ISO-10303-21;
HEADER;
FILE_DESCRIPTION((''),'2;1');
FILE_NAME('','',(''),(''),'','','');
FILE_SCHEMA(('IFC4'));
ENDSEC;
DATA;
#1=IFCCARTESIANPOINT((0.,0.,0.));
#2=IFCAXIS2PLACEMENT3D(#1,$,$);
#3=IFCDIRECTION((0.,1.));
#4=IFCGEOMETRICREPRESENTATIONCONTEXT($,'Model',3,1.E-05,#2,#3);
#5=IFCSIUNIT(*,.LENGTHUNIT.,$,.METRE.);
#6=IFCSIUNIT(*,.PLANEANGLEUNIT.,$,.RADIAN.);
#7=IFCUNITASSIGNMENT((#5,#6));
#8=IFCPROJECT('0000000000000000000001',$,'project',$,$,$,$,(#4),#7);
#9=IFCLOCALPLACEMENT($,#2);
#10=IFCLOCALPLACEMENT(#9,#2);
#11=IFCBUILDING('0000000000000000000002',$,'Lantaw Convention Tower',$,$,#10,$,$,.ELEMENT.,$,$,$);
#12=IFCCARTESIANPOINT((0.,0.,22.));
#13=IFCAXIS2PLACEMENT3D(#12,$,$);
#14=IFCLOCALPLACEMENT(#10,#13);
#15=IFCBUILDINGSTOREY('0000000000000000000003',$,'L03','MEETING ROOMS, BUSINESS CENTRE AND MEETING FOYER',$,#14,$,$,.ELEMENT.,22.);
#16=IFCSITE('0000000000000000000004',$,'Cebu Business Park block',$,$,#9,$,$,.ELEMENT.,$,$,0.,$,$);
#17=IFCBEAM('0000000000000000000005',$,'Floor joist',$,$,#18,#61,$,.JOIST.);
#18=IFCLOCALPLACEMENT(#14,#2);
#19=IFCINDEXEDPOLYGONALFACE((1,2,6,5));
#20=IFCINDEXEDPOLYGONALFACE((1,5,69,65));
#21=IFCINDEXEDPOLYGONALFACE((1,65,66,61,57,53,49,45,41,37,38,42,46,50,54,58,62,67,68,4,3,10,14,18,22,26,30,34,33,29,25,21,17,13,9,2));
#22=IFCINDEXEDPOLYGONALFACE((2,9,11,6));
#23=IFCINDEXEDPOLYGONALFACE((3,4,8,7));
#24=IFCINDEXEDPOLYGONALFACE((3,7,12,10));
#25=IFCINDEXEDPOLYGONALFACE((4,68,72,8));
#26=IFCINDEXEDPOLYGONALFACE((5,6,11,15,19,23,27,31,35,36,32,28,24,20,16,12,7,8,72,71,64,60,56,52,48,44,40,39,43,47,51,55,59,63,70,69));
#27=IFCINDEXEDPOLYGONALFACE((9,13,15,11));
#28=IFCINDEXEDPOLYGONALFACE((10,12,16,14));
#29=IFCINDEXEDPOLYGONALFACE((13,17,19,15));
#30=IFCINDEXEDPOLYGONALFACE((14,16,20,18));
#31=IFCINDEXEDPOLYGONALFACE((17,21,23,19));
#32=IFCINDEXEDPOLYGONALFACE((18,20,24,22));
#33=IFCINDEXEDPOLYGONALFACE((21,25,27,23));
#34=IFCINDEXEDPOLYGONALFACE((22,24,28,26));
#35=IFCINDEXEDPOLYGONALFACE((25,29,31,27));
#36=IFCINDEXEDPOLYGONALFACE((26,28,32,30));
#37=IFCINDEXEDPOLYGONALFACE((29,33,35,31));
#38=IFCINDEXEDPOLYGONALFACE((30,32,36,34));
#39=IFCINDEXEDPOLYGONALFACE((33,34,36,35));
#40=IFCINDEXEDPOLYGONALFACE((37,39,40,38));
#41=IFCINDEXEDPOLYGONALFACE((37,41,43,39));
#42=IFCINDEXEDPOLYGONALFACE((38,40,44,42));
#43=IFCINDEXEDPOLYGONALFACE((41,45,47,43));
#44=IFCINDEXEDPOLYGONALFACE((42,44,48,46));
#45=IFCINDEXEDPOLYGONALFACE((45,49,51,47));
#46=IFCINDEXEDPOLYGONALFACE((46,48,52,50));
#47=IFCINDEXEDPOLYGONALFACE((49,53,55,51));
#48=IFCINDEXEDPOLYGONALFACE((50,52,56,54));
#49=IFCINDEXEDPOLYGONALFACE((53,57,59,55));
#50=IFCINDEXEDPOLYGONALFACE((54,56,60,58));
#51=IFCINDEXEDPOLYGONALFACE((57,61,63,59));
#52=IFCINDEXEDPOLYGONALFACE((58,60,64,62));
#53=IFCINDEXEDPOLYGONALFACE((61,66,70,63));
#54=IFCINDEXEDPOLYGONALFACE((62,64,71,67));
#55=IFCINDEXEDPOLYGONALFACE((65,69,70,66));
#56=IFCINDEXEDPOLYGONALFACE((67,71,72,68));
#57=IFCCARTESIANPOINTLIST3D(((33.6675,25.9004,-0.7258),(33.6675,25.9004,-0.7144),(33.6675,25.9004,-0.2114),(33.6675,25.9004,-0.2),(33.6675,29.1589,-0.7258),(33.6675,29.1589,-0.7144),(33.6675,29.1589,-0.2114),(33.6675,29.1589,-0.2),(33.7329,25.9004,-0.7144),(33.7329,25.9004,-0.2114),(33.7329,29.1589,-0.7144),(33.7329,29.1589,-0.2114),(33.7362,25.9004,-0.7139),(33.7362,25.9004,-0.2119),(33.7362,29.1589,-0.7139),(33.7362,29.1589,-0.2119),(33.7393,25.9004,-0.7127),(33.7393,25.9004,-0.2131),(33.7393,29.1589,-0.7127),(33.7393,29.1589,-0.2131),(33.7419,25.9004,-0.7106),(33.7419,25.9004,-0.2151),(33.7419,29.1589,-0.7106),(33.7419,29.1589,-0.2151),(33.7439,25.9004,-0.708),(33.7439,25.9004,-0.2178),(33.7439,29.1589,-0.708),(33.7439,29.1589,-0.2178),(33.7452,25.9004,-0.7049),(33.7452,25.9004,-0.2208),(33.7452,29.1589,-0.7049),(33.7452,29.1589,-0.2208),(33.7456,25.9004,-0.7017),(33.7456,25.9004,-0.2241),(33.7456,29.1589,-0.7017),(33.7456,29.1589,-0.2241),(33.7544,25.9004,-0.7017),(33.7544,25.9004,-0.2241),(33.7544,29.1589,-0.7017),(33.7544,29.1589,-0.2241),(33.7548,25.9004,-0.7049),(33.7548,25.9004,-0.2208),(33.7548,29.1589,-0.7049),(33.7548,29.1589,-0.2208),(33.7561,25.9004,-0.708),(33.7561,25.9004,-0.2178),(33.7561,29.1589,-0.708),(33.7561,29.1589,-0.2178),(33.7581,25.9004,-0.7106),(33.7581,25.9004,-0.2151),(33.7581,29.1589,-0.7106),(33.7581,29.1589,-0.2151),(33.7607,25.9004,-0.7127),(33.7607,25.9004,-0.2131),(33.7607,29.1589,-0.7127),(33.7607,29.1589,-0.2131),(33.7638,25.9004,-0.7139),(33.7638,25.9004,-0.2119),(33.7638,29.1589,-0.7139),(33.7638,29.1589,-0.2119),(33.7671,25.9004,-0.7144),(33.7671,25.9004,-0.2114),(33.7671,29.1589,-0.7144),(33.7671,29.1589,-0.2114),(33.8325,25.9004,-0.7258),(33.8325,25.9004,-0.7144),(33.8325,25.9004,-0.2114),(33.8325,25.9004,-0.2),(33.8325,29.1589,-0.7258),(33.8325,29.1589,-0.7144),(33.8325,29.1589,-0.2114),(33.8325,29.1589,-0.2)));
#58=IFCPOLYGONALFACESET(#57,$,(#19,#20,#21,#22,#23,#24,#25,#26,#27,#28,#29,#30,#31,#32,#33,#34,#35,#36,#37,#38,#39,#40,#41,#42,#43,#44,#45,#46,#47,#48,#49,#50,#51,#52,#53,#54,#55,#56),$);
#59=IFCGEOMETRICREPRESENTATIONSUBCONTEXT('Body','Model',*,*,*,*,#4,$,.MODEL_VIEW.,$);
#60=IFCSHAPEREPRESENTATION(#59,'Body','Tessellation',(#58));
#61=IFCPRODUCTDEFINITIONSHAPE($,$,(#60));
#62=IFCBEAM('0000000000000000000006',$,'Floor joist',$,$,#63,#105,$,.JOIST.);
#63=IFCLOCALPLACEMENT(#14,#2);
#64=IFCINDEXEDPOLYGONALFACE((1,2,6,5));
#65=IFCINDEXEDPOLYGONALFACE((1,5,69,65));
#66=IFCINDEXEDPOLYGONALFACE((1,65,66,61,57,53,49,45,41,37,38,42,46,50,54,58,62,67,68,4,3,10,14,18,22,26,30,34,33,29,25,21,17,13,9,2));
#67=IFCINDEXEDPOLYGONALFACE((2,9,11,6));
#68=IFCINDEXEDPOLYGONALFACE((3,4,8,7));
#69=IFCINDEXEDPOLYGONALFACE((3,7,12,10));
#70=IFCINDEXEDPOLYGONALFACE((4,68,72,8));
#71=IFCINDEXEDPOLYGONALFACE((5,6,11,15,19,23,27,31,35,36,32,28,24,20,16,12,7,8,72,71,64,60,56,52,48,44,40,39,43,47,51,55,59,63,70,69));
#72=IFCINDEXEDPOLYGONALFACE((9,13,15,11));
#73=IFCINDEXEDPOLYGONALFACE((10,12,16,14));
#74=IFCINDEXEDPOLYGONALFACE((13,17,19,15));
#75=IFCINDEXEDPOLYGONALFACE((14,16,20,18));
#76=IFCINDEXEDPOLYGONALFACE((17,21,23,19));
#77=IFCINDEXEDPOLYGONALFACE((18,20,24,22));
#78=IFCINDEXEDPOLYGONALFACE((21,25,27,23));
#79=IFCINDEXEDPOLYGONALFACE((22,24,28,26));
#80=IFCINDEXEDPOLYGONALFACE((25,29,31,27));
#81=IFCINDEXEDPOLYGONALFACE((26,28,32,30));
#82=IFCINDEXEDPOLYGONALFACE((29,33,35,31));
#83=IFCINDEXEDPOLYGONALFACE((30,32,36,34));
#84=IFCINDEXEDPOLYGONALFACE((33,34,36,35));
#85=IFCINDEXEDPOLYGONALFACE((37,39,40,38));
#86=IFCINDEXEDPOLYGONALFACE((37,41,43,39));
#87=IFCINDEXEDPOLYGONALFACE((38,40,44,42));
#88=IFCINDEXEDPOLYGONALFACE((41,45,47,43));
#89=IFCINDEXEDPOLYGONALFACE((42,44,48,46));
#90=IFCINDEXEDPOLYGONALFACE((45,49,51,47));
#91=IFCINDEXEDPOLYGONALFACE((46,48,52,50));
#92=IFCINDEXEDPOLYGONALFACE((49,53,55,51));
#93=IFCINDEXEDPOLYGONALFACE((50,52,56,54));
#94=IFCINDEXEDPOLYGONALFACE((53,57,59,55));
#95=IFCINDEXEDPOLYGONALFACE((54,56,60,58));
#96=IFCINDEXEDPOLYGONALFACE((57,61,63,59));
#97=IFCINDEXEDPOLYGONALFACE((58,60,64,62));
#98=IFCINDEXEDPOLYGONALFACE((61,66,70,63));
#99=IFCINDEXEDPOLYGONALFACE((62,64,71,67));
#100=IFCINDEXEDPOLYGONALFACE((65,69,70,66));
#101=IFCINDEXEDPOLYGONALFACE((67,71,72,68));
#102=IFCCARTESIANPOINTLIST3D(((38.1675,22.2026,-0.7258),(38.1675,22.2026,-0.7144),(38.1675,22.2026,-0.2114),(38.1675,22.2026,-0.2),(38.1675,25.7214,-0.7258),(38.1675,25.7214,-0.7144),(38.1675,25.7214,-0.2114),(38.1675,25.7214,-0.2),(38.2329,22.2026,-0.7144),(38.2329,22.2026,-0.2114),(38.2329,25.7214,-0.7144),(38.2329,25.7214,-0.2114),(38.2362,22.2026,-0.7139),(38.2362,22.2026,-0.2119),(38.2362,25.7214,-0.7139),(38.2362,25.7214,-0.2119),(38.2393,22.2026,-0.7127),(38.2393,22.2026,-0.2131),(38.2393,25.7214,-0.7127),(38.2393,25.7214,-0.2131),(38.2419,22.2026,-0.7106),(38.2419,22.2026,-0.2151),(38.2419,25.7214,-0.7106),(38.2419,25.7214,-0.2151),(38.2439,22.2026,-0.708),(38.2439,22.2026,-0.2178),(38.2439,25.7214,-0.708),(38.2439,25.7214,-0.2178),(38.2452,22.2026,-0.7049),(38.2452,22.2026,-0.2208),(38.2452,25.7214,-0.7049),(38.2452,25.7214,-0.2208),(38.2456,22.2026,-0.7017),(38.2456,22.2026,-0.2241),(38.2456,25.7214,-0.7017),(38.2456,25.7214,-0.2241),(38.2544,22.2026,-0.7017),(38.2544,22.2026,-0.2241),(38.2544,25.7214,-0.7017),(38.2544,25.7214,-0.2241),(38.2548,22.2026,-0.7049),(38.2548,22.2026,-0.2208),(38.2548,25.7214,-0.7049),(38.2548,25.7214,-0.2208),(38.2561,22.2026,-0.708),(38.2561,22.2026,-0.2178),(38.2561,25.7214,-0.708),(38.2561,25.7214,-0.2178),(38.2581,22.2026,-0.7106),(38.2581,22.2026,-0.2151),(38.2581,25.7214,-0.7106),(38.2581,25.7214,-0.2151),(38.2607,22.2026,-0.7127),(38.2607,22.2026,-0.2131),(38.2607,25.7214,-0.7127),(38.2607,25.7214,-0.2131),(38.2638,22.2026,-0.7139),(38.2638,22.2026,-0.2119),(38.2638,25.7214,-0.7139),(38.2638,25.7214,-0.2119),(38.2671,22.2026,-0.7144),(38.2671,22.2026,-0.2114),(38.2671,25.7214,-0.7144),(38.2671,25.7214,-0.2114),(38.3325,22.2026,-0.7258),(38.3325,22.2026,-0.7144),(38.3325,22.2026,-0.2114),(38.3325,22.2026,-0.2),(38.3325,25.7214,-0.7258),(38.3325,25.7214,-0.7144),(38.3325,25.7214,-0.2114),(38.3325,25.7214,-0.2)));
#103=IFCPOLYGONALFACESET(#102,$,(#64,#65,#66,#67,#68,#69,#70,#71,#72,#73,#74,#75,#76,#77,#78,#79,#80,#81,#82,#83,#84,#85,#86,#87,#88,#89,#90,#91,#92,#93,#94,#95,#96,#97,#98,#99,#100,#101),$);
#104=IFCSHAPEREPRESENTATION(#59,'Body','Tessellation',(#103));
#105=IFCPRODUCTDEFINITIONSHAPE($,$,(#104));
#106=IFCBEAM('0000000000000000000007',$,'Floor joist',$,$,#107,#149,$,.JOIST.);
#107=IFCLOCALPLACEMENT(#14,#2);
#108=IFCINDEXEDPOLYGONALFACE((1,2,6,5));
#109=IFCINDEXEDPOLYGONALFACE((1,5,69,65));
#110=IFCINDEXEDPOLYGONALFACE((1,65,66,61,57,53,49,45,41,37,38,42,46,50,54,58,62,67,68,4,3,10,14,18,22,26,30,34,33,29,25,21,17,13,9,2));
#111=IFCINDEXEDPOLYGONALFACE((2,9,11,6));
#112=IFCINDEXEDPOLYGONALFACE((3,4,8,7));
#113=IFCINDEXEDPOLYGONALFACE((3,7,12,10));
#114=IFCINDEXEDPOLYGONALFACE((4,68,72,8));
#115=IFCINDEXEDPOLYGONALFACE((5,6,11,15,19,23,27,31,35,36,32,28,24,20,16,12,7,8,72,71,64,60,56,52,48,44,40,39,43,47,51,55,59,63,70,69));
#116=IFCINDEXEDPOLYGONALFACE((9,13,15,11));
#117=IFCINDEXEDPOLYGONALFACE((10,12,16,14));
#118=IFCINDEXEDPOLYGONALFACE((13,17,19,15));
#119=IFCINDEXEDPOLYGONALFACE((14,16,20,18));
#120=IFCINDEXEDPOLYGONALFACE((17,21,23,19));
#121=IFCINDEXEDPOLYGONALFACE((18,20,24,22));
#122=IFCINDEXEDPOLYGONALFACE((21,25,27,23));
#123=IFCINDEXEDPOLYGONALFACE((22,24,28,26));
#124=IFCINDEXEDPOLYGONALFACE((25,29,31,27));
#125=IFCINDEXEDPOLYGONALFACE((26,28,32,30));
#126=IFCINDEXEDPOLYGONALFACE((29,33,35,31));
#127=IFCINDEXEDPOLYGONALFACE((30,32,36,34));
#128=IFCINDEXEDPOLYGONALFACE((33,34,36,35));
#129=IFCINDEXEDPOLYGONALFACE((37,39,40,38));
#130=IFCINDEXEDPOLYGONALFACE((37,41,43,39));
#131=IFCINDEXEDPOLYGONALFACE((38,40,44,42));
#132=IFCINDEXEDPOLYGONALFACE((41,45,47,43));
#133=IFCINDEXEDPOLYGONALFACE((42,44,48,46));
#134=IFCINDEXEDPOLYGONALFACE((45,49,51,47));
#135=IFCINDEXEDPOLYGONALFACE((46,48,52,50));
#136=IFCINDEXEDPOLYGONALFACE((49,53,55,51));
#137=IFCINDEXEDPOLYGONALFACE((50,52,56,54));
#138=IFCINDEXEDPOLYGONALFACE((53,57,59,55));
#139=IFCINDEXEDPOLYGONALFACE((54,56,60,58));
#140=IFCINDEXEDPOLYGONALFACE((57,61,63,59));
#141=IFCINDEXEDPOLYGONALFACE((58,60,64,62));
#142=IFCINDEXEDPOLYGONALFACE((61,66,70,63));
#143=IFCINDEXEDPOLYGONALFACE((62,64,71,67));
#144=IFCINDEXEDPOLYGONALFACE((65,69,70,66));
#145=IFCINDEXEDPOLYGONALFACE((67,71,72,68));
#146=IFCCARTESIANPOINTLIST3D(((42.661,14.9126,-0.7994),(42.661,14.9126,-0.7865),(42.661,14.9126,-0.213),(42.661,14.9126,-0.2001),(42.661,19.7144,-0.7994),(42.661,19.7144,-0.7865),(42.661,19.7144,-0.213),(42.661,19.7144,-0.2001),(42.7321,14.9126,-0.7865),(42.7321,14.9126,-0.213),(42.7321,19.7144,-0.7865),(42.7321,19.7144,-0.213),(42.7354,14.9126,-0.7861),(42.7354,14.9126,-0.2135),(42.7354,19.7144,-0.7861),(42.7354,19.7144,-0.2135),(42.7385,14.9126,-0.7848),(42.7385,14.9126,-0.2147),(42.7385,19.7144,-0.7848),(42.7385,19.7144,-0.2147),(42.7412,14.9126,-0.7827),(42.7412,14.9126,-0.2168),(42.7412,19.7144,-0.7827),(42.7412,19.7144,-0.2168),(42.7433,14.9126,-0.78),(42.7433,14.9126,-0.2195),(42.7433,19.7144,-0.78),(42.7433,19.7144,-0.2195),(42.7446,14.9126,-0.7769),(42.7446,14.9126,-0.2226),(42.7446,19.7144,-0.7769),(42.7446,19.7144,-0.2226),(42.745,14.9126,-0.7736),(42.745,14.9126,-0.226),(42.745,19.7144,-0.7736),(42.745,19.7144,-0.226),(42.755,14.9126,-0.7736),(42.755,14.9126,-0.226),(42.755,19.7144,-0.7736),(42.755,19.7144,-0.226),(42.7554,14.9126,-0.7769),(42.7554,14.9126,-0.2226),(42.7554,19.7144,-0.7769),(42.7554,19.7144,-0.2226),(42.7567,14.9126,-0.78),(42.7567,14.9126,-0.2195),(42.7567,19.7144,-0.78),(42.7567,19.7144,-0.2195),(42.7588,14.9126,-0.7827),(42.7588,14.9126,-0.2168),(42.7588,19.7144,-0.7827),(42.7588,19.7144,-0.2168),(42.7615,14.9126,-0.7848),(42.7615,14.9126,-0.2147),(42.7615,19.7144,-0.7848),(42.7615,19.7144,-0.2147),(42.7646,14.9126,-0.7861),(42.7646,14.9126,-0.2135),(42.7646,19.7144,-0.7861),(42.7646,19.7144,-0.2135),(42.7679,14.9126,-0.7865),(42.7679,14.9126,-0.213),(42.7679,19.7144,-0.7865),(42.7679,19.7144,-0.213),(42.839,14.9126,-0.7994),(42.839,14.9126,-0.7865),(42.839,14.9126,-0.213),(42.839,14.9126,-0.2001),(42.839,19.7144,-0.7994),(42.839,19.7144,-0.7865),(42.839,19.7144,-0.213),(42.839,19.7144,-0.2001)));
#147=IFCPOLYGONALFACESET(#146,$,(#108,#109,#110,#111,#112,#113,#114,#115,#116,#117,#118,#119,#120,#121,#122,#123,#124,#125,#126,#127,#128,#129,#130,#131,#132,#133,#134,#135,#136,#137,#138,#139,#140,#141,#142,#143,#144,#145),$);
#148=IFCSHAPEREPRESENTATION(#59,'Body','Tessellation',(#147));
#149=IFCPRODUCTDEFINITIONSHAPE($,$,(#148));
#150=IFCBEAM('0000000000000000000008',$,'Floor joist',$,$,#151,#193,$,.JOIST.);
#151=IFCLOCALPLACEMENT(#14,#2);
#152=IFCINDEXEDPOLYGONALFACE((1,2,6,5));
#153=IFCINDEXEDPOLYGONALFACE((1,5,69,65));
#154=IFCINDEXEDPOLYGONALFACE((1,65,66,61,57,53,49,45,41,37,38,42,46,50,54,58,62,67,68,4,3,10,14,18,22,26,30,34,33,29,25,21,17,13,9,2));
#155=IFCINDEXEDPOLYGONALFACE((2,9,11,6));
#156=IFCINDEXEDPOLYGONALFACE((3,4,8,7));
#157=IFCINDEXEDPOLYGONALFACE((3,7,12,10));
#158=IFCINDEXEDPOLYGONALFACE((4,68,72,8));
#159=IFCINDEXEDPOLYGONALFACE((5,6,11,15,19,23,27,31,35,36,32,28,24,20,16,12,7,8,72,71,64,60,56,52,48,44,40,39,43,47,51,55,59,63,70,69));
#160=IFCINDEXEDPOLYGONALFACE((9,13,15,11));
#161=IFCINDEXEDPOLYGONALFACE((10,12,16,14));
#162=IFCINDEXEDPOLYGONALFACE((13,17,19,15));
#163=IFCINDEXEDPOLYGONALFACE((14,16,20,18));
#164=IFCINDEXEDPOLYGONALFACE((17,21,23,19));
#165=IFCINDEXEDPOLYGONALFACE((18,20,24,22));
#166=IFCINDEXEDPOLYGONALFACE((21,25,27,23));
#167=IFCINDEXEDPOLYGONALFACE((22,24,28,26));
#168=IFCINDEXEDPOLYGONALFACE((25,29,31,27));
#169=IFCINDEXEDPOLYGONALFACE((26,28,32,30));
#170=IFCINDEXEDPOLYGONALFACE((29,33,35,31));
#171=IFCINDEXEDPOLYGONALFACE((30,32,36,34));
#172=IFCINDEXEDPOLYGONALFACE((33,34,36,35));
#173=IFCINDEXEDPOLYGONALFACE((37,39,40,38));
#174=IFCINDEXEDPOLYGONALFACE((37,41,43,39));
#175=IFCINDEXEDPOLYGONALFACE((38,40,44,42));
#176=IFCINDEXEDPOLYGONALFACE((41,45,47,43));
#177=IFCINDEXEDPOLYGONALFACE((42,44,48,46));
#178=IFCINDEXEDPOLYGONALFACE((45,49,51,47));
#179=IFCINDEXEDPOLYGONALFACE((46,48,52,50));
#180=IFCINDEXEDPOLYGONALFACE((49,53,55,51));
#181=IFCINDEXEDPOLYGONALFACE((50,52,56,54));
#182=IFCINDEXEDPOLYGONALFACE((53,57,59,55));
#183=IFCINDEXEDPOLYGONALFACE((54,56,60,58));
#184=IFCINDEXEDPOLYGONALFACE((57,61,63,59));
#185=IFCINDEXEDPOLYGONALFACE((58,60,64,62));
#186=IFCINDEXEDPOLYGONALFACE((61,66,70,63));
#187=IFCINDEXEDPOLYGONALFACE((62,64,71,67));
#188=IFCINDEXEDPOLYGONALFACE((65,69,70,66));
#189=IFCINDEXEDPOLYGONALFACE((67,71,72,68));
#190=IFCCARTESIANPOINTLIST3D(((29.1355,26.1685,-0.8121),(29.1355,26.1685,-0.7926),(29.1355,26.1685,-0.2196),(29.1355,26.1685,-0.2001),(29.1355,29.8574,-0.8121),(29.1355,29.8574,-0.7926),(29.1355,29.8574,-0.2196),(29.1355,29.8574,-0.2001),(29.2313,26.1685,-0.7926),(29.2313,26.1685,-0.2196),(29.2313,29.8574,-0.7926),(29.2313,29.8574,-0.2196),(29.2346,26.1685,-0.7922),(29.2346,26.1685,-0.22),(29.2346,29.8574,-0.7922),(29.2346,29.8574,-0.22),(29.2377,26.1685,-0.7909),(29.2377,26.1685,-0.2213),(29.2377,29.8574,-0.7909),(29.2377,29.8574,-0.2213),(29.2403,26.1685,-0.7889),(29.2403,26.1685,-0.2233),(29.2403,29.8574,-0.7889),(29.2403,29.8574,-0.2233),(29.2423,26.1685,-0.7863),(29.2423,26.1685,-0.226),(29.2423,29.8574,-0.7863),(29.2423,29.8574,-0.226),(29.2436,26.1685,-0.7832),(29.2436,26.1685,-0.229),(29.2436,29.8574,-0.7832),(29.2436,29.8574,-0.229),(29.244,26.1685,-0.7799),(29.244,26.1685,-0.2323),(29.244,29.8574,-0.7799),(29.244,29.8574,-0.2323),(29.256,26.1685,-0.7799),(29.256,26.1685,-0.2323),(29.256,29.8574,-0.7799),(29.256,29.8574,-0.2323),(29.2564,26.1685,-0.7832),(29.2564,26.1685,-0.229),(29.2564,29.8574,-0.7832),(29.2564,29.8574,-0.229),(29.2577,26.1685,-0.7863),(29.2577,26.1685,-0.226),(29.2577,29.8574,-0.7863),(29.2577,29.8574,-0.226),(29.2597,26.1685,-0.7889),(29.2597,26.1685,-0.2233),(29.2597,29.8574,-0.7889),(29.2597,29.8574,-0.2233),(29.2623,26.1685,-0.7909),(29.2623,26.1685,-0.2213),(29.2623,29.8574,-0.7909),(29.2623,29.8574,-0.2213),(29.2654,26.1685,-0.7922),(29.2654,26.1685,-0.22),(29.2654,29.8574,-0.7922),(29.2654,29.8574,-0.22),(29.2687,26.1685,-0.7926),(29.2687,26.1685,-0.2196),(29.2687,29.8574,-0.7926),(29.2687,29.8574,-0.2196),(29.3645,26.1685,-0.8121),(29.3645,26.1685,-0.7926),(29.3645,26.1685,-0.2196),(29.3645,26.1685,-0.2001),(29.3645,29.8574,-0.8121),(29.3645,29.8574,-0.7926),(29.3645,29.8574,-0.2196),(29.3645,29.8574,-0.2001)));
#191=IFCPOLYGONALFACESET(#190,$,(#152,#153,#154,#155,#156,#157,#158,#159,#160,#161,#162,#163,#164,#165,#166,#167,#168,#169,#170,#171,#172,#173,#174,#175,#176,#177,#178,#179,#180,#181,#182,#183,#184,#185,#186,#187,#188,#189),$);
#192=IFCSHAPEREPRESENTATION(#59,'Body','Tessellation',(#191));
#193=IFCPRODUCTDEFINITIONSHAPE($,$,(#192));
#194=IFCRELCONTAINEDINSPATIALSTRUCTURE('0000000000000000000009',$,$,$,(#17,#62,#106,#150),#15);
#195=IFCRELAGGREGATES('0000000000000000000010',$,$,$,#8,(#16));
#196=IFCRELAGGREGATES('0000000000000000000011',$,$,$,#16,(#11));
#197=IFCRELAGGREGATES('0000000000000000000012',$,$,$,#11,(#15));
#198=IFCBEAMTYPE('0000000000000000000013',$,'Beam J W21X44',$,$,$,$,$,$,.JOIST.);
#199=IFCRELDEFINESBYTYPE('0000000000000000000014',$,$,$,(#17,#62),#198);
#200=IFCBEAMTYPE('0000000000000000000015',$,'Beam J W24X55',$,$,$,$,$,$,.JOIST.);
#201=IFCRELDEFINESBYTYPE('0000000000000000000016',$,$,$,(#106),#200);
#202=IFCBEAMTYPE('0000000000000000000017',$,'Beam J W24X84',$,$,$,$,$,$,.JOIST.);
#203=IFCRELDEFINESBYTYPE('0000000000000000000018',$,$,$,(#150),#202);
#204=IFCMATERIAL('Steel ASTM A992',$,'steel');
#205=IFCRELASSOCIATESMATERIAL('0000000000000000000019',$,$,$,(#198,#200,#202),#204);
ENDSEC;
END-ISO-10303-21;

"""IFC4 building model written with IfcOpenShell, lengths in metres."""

from ifc_helpers import new_model, si_unit, direction, frame, origin, origin_2d, place, context, subcontext, project, spatial, i_section, extrude, material, material_profile, profile_set, type_object, element, save


model = new_model("IFC4")

# Units and contexts
model_context = context("Model", 3, precision=1e-05, world=origin(), true_north=direction((0.0, 1.0)))
body_context = subcontext(model_context, "Body", "Model", "MODEL_VIEW")
ifc_project = project(units=[si_unit("LENGTHUNIT", "METRE"), si_unit("PLANEANGLEUNIT", "RADIAN")], contexts=[model_context])

# Site, building, storey
site_placement = place(None, origin())
site = spatial("IfcSite", under=ifc_project, at=site_placement, Name="Cebu Business Park block", CompositionType="ELEMENT", RefElevation=0.0)
building_placement = place(site_placement, origin())
building = spatial("IfcBuilding", under=site, at=building_placement, Name="Lantaw Convention Tower", CompositionType="ELEMENT")
storey_placement = place(building_placement, frame((0.0, 0.0, 22.0)))
storey = spatial("IfcBuildingStorey", under=building, at=storey_placement, Name="L03", Description="MEETING ROOMS, BUSINESS CENTRE AND MEETING FOYER", CompositionType="ELEMENT", Elevation=22.0)

# Beams
ifc_material_1 = material(Name="Steel ASTM A992", Category="steel")
ifc_material_profile_1 = material_profile(ifc_material_1, i_section(OverallWidth=0.165, OverallDepth=0.5259, WebThickness=0.0088, FlangeThickness=0.0115, FilletRadius=0.0127, at=origin_2d()), Name="W21X44")
ifc_profile_set_1 = profile_set([ifc_material_profile_1], Name="Steel ASTM A992")
beam_type_1 = type_object("IfcBeamType", Name="Beam J W21X44", PredefinedType="JOIST", material=ifc_profile_set_1)
beam_1_placement = place(storey_placement, frame((33.75, 25.9004, -0.4629), z_axis=(0.0, 1.0, 0.0), x_axis=(-1.0, 0.0, 0.0)))
element("IfcBeam", 1, at=beam_1_placement, inside=storey, type_object=beam_type_1, Name="Floor joist", PredefinedType="JOIST", context=body_context, shape_type="SweptSolid", body=[
    extrude(i_section(OverallWidth=0.165, OverallDepth=0.5259, WebThickness=0.0088, FlangeThickness=0.0115, FilletRadius=0.0127, at=origin_2d()), origin(), (0.0, 0.0, 1.0), 3.2585),
])
beam_2_placement = place(storey_placement, frame((38.25, 22.2026, -0.4629), z_axis=(0.0, 1.0, 0.0), x_axis=(-1.0, 0.0, 0.0)))
element("IfcBeam", 2, at=beam_2_placement, inside=storey, type_object=beam_type_1, Name="Floor joist", PredefinedType="JOIST", context=body_context, shape_type="SweptSolid", body=[
    extrude(i_section(OverallWidth=0.165, OverallDepth=0.5259, WebThickness=0.0088, FlangeThickness=0.0115, FilletRadius=0.0127, at=origin_2d()), origin(), (0.0, 0.0, 1.0), 3.5188),
])
ifc_material_profile_2 = material_profile(ifc_material_1, i_section(OverallWidth=0.178, OverallDepth=0.5994, WebThickness=0.01, FlangeThickness=0.0129, FilletRadius=0.0129, at=origin_2d()), Name="W24X55")
ifc_profile_set_2 = profile_set([ifc_material_profile_2], Name="Steel ASTM A992")
beam_type_2 = type_object("IfcBeamType", Name="Beam J W24X55", PredefinedType="JOIST", material=ifc_profile_set_2)
beam_3_placement = place(storey_placement, frame((42.75, 14.9126, -0.4998), z_axis=(0.0, 1.0, 0.0), x_axis=(-1.0, 0.0, 0.0)))
element("IfcBeam", 3, at=beam_3_placement, inside=storey, type_object=beam_type_2, Name="Floor joist", PredefinedType="JOIST", context=body_context, shape_type="SweptSolid", body=[
    extrude(i_section(OverallWidth=0.178, OverallDepth=0.5994, WebThickness=0.01, FlangeThickness=0.0129, FilletRadius=0.0129, at=origin_2d()), origin(), (0.0, 0.0, 1.0), 4.8018),
])
ifc_material_profile_3 = material_profile(ifc_material_1, i_section(OverallWidth=0.229, OverallDepth=0.6121, WebThickness=0.012, FlangeThickness=0.0195, FilletRadius=0.0127, at=origin_2d()), Name="W24X84")
ifc_profile_set_3 = profile_set([ifc_material_profile_3], Name="Steel ASTM A992")
beam_type_3 = type_object("IfcBeamType", Name="Beam J W24X84", PredefinedType="JOIST", material=ifc_profile_set_3)
beam_4_placement = place(storey_placement, frame((29.25, 26.1685, -0.5061), z_axis=(0.0, 1.0, 0.0), x_axis=(-1.0, 0.0, 0.0)))
element("IfcBeam", 4, at=beam_4_placement, inside=storey, type_object=beam_type_3, Name="Floor joist", PredefinedType="JOIST", context=body_context, shape_type="SweptSolid", body=[
    extrude(i_section(OverallWidth=0.229, OverallDepth=0.6121, WebThickness=0.012, FlangeThickness=0.0195, FilletRadius=0.0127, at=origin_2d()), origin(), (0.0, 0.0, 1.0), 3.689),
])

save(model, "model.ifc")
